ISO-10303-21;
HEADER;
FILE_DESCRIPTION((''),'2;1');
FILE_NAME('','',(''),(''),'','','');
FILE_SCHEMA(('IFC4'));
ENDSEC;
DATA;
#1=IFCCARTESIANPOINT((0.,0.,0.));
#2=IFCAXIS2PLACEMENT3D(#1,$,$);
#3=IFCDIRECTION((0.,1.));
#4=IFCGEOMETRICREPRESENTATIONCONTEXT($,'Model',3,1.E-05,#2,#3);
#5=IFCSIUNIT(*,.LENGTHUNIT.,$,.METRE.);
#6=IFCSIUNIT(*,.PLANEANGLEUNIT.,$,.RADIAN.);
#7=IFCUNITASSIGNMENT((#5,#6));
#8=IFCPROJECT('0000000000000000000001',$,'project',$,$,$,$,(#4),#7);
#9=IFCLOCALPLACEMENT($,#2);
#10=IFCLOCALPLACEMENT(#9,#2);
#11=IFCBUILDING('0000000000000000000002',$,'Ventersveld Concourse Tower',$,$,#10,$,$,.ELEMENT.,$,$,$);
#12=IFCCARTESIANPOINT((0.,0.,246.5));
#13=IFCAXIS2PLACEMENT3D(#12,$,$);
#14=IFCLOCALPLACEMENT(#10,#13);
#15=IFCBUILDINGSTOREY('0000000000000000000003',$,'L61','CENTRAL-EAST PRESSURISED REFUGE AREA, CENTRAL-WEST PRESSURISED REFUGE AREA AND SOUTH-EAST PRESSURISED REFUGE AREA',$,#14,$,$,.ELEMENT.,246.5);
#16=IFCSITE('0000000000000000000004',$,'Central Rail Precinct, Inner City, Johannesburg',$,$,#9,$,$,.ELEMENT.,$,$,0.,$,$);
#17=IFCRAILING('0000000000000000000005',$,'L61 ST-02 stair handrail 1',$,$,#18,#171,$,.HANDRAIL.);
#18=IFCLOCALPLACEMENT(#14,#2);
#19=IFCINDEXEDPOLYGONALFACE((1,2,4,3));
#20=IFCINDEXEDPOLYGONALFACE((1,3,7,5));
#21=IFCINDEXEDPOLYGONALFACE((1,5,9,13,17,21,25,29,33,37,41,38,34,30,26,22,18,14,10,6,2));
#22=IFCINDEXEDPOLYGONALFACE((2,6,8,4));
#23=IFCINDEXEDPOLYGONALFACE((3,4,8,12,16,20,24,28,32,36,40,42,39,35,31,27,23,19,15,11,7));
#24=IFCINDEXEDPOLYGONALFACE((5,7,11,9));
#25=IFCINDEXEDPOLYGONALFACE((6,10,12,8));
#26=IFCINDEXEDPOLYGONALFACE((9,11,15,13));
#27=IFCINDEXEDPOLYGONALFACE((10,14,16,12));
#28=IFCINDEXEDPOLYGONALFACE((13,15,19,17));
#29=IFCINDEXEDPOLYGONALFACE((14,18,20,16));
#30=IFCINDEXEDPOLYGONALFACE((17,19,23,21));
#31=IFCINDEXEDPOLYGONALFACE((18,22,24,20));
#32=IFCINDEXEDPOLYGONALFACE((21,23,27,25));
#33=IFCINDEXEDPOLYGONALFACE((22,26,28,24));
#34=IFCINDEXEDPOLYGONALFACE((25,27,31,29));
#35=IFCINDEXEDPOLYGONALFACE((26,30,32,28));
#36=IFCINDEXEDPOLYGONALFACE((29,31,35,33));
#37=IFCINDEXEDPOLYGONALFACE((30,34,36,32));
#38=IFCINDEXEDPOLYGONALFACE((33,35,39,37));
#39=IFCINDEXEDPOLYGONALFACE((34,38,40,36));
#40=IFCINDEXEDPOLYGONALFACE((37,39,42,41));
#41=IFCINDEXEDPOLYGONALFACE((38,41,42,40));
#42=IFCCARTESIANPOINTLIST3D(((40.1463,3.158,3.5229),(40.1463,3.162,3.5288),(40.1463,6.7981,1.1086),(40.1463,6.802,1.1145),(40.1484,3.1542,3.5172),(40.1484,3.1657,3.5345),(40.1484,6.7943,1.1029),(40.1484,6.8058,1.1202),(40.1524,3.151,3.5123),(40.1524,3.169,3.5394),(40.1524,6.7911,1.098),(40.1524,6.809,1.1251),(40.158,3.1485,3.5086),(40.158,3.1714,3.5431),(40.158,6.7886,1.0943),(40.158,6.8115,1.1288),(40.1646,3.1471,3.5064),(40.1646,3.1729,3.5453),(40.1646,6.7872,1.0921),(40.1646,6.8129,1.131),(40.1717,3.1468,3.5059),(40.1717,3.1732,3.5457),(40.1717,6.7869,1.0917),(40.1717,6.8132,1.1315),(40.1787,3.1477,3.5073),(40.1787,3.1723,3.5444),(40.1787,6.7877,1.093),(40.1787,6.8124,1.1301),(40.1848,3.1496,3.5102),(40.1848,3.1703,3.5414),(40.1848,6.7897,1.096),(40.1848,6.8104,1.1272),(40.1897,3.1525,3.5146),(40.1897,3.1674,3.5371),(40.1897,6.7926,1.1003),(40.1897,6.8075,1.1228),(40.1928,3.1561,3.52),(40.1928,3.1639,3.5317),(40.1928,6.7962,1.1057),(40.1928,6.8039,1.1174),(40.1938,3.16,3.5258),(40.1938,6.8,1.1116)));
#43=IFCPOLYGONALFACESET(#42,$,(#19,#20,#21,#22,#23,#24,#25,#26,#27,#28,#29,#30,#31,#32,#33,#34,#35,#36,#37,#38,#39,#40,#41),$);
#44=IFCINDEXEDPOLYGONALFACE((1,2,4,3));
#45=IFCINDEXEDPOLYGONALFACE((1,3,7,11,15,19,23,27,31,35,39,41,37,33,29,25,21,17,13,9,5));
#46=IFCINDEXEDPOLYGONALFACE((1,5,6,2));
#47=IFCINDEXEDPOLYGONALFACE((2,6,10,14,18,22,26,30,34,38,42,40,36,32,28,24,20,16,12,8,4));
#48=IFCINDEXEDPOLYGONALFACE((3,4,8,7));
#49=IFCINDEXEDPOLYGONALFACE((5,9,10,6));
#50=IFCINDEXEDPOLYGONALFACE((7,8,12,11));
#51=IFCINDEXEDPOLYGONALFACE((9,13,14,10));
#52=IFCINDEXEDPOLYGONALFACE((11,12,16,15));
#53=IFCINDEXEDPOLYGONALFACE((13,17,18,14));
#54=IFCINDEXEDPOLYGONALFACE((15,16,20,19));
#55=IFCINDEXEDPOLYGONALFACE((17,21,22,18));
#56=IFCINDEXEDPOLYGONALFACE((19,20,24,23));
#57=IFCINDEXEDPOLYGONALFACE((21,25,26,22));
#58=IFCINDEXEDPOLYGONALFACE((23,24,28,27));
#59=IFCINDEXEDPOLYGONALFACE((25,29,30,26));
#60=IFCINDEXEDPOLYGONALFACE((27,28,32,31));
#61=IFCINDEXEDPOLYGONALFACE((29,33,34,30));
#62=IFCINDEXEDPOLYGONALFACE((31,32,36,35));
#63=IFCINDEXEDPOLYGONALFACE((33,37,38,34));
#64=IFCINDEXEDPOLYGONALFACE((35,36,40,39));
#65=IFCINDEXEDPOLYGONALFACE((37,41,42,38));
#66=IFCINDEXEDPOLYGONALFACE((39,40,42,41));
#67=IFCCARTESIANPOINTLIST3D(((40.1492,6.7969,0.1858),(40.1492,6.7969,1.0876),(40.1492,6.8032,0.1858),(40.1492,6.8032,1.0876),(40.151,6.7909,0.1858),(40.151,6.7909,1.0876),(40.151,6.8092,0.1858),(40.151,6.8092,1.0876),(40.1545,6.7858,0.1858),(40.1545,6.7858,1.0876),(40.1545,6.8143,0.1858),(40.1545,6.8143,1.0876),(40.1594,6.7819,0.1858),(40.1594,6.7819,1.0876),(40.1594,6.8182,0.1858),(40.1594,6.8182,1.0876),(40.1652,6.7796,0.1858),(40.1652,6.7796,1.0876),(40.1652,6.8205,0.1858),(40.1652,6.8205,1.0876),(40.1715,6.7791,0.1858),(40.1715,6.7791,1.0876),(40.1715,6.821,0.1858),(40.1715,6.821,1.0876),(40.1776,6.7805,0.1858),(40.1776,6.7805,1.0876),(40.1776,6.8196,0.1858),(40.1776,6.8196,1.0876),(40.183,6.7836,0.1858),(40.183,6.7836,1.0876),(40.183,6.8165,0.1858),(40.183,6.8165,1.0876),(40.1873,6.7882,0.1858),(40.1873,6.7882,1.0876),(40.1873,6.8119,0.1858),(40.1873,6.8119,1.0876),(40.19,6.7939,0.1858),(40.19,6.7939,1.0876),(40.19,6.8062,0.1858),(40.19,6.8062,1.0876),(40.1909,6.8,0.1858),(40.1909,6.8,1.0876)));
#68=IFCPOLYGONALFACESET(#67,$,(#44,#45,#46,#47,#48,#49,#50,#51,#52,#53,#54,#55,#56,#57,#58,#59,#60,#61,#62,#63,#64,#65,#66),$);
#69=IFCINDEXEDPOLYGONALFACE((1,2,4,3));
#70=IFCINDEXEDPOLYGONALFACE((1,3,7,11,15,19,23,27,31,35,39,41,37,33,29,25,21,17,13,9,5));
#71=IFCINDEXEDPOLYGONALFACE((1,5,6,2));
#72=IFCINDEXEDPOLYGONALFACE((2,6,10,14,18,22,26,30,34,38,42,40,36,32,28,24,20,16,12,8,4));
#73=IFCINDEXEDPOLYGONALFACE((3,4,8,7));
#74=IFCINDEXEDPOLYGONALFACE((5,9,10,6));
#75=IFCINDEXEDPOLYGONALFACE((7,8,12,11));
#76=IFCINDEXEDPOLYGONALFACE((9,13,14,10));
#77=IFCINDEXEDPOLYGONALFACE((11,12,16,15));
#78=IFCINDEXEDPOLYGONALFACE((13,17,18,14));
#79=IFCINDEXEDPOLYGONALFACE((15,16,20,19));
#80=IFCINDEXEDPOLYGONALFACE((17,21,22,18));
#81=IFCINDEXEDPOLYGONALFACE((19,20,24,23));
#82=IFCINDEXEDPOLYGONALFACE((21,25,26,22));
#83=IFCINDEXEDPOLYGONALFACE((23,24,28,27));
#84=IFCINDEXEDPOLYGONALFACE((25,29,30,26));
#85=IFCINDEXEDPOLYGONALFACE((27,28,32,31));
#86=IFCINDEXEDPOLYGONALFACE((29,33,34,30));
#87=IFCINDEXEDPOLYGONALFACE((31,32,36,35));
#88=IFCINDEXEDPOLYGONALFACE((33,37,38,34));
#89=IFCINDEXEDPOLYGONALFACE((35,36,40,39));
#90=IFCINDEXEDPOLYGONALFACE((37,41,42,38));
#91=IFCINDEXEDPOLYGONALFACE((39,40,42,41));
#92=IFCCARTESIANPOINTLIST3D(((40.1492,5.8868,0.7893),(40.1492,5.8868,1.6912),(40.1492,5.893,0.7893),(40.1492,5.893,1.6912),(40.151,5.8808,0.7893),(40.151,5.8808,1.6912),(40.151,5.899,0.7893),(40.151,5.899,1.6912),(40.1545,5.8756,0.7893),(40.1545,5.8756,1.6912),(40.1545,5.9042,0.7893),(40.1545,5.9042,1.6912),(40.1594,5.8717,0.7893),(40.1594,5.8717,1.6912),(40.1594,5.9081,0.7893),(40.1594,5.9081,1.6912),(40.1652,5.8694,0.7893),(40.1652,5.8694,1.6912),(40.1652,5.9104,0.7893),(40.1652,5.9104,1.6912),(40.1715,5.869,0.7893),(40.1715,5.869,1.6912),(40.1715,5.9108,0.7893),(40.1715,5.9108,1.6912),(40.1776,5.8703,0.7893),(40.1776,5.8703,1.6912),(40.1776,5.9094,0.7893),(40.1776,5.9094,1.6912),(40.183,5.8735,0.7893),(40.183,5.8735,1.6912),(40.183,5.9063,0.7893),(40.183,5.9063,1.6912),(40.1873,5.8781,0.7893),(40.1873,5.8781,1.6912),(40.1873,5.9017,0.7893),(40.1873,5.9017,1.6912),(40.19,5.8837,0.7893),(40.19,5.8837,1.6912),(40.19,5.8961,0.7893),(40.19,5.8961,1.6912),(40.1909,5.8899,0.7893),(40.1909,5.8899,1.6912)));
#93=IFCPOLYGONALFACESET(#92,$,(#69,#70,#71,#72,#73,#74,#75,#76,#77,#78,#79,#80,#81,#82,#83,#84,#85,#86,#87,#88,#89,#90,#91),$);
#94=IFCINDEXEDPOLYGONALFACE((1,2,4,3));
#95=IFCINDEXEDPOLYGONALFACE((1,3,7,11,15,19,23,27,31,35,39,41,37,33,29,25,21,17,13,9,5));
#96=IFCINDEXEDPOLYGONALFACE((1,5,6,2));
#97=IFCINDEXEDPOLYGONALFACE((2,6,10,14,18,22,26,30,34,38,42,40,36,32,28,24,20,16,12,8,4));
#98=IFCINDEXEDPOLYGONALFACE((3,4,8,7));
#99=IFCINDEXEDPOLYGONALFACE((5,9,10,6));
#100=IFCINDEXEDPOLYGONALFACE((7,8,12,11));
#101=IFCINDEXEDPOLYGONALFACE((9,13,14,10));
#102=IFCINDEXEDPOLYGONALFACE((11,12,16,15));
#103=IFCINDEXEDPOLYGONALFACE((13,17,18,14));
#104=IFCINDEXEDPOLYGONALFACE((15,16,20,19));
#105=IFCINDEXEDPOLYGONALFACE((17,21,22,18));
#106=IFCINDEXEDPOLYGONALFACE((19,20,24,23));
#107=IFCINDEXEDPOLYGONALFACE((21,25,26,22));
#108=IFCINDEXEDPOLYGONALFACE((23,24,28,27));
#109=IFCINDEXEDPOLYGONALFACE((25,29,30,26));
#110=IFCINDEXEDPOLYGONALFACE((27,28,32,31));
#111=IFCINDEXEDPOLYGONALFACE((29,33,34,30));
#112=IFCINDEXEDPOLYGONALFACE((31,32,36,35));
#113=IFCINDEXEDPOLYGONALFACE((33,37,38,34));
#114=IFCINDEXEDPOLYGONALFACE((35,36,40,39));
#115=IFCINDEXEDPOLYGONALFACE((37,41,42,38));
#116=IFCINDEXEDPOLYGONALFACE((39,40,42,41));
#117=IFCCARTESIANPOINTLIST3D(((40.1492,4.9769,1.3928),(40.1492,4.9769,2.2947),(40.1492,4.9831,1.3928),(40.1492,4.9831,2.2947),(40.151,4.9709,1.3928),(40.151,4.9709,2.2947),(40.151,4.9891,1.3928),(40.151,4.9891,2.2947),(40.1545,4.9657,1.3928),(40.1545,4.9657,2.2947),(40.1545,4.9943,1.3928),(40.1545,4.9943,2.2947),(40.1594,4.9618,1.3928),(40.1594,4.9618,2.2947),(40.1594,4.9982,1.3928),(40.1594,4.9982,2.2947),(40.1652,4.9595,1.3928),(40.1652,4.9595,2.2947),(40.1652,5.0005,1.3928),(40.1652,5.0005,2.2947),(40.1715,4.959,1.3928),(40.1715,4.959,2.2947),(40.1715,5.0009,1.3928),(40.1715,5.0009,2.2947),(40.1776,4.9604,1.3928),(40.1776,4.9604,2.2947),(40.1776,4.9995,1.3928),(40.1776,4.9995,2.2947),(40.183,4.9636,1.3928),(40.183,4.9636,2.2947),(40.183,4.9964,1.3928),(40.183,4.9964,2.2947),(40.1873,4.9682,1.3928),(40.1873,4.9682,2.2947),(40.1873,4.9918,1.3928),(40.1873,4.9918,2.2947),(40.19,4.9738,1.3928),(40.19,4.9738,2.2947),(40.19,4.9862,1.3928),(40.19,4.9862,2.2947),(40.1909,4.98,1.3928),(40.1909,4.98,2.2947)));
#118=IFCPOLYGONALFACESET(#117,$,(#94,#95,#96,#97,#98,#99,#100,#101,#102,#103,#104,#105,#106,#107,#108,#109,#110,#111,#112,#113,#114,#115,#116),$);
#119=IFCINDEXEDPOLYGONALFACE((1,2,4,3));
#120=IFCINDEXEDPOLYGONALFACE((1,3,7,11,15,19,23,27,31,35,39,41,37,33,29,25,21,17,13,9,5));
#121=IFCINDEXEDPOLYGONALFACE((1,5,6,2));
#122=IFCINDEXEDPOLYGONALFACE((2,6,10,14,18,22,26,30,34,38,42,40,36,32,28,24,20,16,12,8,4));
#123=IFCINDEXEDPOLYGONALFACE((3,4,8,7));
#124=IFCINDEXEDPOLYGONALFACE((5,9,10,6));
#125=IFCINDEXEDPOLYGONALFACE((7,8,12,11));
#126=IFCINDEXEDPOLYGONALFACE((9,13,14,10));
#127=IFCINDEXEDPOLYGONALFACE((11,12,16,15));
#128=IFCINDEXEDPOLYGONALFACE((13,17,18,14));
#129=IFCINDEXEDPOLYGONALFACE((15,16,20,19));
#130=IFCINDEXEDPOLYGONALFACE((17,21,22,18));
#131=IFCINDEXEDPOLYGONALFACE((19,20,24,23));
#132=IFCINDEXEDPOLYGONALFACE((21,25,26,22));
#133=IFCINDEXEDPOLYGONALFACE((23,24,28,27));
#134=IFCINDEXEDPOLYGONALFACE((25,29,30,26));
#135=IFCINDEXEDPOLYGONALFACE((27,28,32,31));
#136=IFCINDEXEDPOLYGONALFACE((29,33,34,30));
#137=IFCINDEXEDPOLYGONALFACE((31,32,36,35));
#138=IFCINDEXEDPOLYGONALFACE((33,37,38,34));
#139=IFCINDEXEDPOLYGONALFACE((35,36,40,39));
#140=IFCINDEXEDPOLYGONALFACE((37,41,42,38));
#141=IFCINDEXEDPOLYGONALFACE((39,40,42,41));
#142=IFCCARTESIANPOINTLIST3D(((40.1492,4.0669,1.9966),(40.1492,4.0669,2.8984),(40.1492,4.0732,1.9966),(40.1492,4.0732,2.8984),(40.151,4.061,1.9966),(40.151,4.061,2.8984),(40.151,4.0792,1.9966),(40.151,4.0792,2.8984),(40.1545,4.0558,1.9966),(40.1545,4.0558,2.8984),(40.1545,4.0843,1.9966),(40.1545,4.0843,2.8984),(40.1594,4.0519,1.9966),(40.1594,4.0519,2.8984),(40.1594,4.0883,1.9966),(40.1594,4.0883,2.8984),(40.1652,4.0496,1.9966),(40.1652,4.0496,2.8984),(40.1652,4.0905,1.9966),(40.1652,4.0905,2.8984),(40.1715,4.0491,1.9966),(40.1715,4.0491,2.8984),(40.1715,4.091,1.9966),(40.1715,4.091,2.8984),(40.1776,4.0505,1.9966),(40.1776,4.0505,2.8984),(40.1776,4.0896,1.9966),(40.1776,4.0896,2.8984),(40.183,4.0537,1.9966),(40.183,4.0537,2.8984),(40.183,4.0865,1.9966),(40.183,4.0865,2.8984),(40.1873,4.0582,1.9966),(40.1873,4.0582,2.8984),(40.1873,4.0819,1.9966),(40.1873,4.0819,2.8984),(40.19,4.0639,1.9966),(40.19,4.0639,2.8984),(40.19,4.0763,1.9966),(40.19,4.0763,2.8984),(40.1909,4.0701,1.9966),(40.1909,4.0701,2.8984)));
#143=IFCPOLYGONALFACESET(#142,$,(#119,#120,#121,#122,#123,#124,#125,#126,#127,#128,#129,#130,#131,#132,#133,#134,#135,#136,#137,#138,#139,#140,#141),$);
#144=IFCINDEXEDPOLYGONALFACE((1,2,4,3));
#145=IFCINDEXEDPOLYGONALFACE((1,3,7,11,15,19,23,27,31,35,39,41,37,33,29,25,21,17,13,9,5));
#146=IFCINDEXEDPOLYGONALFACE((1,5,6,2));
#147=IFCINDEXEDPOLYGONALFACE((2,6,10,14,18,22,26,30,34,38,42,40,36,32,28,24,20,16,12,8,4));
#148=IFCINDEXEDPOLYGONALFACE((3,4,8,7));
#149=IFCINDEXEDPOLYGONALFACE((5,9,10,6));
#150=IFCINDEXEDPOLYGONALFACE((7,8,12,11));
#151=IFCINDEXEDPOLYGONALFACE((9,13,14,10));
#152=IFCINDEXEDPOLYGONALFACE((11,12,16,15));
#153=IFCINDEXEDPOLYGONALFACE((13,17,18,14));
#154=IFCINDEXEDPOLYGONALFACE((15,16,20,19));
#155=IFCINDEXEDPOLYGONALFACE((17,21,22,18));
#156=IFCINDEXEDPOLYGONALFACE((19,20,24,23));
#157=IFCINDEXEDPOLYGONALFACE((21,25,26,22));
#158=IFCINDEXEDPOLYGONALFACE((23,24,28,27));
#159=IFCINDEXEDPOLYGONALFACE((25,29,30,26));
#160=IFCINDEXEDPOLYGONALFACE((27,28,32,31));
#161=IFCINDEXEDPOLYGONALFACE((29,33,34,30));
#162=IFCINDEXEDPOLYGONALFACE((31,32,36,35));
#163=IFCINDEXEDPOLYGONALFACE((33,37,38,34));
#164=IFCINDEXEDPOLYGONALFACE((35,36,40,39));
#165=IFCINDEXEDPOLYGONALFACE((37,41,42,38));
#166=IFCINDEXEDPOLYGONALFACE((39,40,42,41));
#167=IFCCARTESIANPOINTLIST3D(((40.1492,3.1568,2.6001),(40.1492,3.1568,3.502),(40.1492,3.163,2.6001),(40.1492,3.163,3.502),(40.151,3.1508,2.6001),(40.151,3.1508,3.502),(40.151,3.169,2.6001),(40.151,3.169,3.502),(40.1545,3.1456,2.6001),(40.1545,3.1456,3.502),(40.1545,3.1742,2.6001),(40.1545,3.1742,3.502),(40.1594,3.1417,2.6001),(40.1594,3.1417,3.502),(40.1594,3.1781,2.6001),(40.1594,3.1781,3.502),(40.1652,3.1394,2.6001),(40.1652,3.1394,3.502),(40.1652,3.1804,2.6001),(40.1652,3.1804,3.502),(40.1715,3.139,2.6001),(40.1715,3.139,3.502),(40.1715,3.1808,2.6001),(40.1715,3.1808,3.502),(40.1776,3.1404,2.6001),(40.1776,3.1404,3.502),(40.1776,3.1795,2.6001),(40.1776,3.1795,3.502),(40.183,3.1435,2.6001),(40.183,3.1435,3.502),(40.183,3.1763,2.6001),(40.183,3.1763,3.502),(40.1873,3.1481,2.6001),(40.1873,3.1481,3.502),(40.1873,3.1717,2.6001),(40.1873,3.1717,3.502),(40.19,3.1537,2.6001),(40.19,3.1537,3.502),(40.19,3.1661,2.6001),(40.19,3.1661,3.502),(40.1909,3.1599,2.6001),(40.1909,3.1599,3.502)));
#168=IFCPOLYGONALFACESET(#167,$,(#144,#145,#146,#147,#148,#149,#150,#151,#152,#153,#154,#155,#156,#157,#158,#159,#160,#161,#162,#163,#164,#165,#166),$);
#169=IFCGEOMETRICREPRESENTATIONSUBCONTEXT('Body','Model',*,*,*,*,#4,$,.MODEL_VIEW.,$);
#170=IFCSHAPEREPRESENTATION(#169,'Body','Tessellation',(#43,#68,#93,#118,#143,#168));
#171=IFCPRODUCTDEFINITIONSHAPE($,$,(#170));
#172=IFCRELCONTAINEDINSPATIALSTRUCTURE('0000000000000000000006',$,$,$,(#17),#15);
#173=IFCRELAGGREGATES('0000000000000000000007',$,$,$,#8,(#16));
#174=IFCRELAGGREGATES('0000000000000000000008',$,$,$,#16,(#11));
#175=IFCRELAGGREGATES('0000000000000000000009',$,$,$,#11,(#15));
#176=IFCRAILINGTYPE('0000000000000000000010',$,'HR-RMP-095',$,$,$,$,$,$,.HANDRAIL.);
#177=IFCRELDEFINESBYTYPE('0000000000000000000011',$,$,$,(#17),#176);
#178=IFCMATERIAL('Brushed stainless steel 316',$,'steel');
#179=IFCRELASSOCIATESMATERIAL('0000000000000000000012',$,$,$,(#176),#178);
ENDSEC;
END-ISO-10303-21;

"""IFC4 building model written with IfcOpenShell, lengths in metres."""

from ifc_helpers import new_model, si_unit, direction, frame, origin, origin_2d, place, context, subcontext, project, spatial, circle, extrude, material, type_object, element, save


model = new_model("IFC4")

# Units and contexts
model_context = context("Model", 3, precision=1e-05, world=origin(), true_north=direction((0.0, 1.0)))
body_context = subcontext(model_context, "Body", "Model", "MODEL_VIEW")
ifc_project = project(units=[si_unit("LENGTHUNIT", "METRE"), si_unit("PLANEANGLEUNIT", "RADIAN")], contexts=[model_context])

# Site, building, storey
site_placement = place(None, origin())
site = spatial("IfcSite", under=ifc_project, at=site_placement, Name="Central Rail Precinct, Inner City, Johannesburg", CompositionType="ELEMENT", RefElevation=0.0)
building_placement = place(site_placement, origin())
building = spatial("IfcBuilding", under=site, at=building_placement, Name="Ventersveld Concourse Tower", CompositionType="ELEMENT")
storey_placement = place(building_placement, frame((0.0, 0.0, 246.5)))
storey = spatial("IfcBuildingStorey", under=building, at=storey_placement, Name="L61", Description="CENTRAL-EAST PRESSURISED REFUGE AREA, CENTRAL-WEST PRESSURISED REFUGE AREA AND SOUTH-EAST PRESSURISED REFUGE AREA", CompositionType="ELEMENT", Elevation=246.5)

# Railing
ifc_material_1 = material(Name="Brushed stainless steel 316", Category="steel")
railing_type_1 = type_object("IfcRailingType", Name="HR-RMP-095", PredefinedType="HANDRAIL", material=ifc_material_1)
railing_1_placement = place(storey_placement, frame((40.1699, 6.8, 0.1858)))
element("IfcRailing", 1, at=railing_1_placement, inside=storey, type_object=railing_type_1, Name="L61 ST-02 stair handrail 1", PredefinedType="HANDRAIL", context=body_context, shape_type="SweptSolid", body=[
    extrude(circle(Radius=0.0239, at=origin_2d()), frame((0.0, 0.0, 0.9258), z_axis=(0.0, -0.833364, 0.552725), x_axis=(1.0, 0.0, 0.0)), (0.0, 0.0, 1.0), 4.3679),
    extrude(circle(Radius=0.021, at=origin_2d()), origin(), (0.0, 0.0, 1.0), 0.9019),
    extrude(circle(Radius=0.021, at=origin_2d()), frame((0.0, -0.9102, 0.6035)), (0.0, 0.0, 1.0), 0.9019),
    extrude(circle(Radius=0.021, at=origin_2d()), frame((0.0, -1.8201, 1.207)), (0.0, 0.0, 1.0), 0.9019),
    extrude(circle(Radius=0.021, at=origin_2d()), frame((0.0, -2.73, 1.8108)), (0.0, 0.0, 1.0), 0.9019),
    extrude(circle(Radius=0.021, at=origin_2d()), frame((0.0, -3.6401, 2.4143)), (0.0, 0.0, 1.0), 0.9019),
])

save(model, "model.ifc")
